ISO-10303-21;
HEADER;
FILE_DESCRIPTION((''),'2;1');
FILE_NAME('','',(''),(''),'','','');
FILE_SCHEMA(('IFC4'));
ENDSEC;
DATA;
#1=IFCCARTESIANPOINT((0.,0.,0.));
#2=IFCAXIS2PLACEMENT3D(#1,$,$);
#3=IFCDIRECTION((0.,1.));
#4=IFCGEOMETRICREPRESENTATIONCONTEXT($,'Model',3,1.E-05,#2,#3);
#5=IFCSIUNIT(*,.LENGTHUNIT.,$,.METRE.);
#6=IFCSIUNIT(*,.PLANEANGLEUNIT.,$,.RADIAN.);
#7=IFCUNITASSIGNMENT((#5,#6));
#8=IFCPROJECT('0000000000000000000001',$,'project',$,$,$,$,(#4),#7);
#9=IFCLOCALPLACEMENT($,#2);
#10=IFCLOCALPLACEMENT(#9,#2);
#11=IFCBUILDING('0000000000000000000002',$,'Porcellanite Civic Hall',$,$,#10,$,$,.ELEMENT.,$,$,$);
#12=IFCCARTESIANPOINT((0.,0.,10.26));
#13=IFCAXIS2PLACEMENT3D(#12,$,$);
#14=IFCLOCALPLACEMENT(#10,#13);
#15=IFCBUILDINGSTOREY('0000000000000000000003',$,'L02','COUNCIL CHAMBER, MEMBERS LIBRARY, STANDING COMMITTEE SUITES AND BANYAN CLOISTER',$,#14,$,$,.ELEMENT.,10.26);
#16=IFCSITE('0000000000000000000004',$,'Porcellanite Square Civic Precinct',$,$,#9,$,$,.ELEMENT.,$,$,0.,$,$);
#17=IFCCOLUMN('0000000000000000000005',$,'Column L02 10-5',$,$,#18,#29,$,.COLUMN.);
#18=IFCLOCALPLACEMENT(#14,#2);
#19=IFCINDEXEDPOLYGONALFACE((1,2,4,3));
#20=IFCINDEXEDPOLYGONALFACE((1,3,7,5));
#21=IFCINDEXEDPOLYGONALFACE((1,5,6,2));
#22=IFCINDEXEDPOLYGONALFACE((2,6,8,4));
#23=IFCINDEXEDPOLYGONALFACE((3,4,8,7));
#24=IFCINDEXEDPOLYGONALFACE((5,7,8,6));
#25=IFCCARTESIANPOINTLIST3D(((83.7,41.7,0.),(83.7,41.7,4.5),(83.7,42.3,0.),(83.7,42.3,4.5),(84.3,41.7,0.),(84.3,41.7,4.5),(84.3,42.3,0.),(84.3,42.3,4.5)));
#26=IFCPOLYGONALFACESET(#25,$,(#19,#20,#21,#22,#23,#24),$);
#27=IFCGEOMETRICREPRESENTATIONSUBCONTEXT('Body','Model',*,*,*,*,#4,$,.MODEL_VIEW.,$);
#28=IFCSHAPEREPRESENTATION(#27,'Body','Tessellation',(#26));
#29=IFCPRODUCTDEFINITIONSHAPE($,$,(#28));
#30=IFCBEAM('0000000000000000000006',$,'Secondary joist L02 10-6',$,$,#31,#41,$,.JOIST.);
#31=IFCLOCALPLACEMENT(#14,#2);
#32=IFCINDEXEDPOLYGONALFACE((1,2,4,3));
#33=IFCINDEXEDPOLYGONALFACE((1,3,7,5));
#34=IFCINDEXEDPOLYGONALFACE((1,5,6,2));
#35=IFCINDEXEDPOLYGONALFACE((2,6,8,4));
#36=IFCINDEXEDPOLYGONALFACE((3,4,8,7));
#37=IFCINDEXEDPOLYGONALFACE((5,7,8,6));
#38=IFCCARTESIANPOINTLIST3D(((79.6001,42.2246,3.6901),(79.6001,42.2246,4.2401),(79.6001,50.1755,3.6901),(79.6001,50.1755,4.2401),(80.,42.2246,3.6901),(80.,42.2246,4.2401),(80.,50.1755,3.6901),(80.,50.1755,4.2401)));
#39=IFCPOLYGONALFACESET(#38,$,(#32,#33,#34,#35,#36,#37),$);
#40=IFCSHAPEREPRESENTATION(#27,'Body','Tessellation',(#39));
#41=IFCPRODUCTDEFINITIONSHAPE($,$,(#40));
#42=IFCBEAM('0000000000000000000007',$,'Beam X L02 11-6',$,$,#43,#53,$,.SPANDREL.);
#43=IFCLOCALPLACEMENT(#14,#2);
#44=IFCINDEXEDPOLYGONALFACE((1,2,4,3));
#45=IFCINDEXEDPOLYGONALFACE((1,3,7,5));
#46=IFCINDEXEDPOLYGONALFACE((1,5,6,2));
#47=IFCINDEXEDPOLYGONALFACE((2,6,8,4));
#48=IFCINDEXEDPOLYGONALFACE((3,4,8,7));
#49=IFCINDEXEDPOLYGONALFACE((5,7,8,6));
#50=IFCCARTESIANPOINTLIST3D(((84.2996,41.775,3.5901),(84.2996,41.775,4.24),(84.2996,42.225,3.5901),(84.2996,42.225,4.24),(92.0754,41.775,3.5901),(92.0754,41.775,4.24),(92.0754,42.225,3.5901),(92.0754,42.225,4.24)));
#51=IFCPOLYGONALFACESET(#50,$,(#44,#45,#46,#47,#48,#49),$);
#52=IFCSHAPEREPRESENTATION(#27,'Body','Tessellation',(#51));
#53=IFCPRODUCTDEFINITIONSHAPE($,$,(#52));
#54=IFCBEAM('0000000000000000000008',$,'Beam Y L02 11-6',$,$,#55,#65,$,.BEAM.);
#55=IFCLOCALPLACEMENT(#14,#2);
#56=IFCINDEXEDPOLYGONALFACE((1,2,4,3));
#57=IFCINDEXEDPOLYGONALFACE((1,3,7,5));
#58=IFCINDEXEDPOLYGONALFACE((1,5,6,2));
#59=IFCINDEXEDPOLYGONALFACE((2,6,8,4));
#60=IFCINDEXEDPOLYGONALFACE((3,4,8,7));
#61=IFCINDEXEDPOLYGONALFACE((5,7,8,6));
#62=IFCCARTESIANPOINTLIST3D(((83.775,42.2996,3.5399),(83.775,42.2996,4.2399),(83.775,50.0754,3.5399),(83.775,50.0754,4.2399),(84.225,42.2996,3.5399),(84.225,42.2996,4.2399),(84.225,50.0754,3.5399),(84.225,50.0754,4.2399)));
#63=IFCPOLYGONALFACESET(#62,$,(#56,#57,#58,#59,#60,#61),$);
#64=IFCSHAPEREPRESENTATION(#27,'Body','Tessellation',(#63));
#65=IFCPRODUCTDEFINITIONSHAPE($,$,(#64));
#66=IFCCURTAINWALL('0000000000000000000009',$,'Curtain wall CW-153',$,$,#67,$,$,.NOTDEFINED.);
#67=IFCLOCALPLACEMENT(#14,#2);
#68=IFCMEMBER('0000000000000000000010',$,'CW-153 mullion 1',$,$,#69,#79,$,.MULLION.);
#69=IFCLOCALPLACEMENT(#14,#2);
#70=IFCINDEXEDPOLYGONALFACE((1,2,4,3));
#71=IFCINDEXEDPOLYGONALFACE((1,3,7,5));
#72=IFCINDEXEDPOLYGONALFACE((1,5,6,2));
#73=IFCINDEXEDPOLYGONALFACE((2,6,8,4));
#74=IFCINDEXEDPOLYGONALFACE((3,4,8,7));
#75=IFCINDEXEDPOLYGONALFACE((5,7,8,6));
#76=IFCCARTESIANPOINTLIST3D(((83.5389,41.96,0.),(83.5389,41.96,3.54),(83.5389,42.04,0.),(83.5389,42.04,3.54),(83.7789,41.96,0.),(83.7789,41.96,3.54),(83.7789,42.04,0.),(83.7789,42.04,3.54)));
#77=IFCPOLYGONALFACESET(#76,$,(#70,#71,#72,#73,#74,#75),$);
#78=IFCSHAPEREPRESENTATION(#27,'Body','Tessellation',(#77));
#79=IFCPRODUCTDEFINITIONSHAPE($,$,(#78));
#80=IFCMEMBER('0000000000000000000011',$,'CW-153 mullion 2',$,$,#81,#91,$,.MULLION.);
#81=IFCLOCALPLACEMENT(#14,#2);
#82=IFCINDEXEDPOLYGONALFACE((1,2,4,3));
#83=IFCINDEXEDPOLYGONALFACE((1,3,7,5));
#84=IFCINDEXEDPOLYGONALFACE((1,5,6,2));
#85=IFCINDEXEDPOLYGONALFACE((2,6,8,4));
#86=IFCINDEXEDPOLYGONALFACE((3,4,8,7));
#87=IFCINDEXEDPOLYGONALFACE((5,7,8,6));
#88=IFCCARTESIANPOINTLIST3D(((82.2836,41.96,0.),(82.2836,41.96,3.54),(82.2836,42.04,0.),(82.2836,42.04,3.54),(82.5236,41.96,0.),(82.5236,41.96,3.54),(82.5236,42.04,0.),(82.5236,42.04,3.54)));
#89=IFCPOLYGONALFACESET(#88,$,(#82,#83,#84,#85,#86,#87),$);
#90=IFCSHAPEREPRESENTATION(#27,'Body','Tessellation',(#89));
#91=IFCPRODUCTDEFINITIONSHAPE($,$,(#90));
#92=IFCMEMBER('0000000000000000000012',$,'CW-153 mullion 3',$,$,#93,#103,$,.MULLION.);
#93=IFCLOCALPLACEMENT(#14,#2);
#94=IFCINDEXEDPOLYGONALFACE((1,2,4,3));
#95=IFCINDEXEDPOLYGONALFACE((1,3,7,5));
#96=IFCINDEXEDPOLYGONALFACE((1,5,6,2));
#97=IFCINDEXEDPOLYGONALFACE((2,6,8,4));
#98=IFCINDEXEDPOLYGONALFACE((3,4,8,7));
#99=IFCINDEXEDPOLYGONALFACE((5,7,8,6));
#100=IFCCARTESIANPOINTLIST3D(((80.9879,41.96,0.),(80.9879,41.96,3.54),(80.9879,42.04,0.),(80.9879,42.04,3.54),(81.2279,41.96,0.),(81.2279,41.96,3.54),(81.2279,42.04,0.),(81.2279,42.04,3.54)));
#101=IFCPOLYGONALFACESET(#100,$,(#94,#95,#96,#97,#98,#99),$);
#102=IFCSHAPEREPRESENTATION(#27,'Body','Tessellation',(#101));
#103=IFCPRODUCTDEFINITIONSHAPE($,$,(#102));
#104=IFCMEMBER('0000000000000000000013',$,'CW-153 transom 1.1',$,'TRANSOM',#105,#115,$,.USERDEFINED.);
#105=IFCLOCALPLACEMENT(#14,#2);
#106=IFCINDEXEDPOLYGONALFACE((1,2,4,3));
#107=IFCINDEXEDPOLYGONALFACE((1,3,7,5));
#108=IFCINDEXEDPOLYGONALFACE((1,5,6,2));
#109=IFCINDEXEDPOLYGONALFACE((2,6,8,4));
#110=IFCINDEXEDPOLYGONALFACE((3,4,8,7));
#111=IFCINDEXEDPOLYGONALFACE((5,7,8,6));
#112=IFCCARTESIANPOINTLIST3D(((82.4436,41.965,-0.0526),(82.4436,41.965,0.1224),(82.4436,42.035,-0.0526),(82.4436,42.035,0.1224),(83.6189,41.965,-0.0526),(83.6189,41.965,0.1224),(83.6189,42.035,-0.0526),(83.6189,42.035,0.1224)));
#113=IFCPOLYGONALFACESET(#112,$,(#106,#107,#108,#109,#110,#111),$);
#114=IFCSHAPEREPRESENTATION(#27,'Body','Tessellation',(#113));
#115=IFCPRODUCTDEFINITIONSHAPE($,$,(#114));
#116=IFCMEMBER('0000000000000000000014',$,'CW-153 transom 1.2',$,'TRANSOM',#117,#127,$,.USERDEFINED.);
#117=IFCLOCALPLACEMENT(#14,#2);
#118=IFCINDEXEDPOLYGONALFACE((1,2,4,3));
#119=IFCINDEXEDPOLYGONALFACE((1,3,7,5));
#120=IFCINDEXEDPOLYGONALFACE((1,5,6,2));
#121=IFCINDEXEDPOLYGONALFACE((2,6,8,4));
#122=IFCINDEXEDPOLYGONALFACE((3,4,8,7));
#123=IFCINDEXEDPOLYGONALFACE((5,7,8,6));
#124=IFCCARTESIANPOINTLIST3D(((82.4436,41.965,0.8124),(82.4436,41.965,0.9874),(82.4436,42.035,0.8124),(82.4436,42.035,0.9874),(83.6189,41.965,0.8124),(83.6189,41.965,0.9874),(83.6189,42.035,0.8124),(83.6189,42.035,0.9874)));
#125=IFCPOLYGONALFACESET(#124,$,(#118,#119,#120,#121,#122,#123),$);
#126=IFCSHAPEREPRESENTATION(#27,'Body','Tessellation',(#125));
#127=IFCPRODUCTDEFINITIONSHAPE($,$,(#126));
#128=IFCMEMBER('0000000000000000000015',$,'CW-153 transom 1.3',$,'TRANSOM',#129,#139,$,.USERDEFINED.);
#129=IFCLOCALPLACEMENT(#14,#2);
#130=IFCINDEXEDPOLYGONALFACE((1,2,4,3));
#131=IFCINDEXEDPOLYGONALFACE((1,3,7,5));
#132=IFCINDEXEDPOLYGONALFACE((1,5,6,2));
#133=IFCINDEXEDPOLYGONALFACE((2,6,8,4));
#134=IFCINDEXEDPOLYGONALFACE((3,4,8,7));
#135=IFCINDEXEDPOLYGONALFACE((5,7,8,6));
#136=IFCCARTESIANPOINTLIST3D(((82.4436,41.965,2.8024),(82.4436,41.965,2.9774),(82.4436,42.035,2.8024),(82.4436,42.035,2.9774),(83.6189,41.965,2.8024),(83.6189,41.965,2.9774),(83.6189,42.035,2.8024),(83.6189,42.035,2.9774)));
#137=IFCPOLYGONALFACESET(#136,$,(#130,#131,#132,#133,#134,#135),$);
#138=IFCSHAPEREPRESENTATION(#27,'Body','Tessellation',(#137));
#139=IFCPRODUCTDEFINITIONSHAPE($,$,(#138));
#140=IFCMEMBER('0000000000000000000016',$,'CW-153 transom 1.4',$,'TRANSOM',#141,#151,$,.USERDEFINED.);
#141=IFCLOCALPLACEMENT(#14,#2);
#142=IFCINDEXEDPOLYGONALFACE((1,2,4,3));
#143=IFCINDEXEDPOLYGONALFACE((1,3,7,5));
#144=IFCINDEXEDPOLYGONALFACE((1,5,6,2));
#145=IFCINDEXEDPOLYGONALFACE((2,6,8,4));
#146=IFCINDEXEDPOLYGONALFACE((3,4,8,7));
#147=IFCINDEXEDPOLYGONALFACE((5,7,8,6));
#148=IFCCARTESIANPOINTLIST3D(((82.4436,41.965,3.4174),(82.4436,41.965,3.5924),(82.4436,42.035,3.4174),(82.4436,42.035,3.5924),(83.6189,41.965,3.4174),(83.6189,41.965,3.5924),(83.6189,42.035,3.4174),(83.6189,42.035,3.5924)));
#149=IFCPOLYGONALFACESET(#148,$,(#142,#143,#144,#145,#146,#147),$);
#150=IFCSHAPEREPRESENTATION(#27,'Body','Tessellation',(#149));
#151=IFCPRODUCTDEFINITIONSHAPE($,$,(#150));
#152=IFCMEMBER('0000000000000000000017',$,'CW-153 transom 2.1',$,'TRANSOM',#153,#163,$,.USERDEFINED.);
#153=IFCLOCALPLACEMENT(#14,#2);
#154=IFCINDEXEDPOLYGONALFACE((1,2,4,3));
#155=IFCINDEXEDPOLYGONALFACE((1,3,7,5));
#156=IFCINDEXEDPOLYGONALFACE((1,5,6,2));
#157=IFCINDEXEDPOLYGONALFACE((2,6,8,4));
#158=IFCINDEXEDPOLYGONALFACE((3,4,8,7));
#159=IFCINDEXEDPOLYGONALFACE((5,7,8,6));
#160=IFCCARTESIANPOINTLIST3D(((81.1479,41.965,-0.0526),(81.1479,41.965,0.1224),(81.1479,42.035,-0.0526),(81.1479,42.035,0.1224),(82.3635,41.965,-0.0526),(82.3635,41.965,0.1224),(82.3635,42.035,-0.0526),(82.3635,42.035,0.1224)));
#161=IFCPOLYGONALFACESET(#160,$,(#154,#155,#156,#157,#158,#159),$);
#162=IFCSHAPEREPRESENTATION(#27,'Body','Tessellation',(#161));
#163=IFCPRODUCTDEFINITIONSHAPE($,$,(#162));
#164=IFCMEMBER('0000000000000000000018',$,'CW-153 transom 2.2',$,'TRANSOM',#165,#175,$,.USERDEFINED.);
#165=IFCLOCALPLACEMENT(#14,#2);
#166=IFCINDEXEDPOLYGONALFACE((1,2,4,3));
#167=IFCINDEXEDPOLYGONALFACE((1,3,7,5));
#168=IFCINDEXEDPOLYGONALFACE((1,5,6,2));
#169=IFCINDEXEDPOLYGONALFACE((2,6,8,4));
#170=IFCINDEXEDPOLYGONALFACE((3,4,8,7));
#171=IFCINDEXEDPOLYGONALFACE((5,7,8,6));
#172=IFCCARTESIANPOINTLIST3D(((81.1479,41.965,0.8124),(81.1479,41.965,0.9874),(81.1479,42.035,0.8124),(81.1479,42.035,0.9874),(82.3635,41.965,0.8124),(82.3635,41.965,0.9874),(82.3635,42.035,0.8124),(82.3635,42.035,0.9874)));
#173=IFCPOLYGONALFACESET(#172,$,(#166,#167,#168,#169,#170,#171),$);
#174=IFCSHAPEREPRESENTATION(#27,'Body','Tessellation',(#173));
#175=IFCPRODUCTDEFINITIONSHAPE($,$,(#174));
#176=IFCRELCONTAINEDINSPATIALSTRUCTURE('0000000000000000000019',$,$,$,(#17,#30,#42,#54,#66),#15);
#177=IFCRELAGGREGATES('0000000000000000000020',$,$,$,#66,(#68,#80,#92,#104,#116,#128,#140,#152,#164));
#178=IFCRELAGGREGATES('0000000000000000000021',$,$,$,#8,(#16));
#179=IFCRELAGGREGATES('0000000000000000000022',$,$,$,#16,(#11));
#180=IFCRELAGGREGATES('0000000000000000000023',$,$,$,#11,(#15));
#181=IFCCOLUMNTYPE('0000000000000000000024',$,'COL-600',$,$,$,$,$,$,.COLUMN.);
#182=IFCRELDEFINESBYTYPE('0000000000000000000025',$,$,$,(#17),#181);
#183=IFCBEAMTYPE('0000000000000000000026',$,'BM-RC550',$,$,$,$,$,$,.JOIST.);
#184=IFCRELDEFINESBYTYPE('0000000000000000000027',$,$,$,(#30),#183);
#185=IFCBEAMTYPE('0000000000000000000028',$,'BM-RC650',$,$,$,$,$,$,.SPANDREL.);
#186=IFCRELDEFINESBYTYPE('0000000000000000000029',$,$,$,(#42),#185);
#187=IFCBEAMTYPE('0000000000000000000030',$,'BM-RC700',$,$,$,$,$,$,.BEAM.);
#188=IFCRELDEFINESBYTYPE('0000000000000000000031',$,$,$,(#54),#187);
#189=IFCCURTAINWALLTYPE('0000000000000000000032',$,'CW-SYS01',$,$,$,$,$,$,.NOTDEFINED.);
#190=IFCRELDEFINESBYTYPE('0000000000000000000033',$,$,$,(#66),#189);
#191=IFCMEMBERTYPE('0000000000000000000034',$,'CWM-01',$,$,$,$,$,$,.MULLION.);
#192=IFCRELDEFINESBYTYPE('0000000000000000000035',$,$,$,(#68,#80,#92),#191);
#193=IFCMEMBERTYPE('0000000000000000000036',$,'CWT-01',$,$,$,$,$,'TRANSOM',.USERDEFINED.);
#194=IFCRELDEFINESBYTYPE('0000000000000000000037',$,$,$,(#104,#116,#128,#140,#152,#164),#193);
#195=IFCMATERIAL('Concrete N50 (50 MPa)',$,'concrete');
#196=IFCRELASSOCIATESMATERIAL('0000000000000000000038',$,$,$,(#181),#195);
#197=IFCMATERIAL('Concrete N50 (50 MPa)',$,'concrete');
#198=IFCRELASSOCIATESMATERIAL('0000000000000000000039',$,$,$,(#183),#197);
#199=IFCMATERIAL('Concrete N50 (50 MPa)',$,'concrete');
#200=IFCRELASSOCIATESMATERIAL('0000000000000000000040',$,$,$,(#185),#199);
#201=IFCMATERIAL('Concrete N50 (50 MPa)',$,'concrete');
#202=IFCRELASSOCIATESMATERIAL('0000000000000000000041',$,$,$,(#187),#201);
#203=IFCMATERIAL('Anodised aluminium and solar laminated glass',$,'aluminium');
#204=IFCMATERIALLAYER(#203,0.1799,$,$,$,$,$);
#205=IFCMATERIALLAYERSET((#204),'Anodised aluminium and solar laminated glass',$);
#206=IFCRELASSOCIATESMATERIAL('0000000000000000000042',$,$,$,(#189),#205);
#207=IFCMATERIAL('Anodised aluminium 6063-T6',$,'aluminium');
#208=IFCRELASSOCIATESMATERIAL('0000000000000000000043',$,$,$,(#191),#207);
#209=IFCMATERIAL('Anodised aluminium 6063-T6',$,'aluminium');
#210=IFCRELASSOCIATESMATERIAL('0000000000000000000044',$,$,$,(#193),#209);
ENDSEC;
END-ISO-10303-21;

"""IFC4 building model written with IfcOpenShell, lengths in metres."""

from ifc_helpers import new_model, si_unit, direction, frame, origin, origin_2d, place, context, subcontext, project, spatial, rectangle, extrude, material, layer, layer_set, material_profile, profile_set, type_object, element, aggregate, save


model = new_model("IFC4")

# Units and contexts
model_context = context("Model", 3, precision=1e-05, world=origin(), true_north=direction((0.0, 1.0)))
body_context = subcontext(model_context, "Body", "Model", "MODEL_VIEW")
ifc_project = project(units=[si_unit("LENGTHUNIT", "METRE"), si_unit("PLANEANGLEUNIT", "RADIAN")], contexts=[model_context])

# Site, building, storey
site_placement = place(None, origin())
site = spatial("IfcSite", under=ifc_project, at=site_placement, Name="Porcellanite Square Civic Precinct", CompositionType="ELEMENT", RefElevation=0.0)
building_placement = place(site_placement, origin())
building = spatial("IfcBuilding", under=site, at=building_placement, Name="Porcellanite Civic Hall", CompositionType="ELEMENT")
storey_placement = place(building_placement, frame((0.0, 0.0, 10.26)))
storey = spatial("IfcBuildingStorey", under=building, at=storey_placement, Name="L02", Description="COUNCIL CHAMBER, MEMBERS LIBRARY, STANDING COMMITTEE SUITES AND BANYAN CLOISTER", CompositionType="ELEMENT", Elevation=10.26)

# Column
ifc_material_1 = material(Name="Concrete N50 (50 MPa)", Category="concrete")
ifc_material_profile_1 = material_profile(ifc_material_1, rectangle(XDim=0.6001, YDim=0.6001, at=origin_2d()), Name="RC-600x600")
ifc_profile_set_1 = profile_set([ifc_material_profile_1], Name="Concrete N50 (50 MPa)")
column_type = type_object("IfcColumnType", Name="COL-600", PredefinedType="COLUMN", material=ifc_profile_set_1)
column_placement = place(storey_placement, frame((84.0, 42.0, 0.0), z_axis=(0.0, 0.0, 1.0), x_axis=(1.0, 0.0, 0.0)))
element("IfcColumn", 1, at=column_placement, inside=storey, type_object=column_type, Name="Column L02 10-5", PredefinedType="COLUMN", context=body_context, shape_type="SweptSolid", body=[
    extrude(rectangle(XDim=0.6001, YDim=0.6001, at=origin_2d()), origin(), (0.0, 0.0, 1.0), 4.5),
])

# Beams
ifc_material_2 = material(Name="Concrete N50 (50 MPa)", Category="concrete")
ifc_material_profile_2 = material_profile(ifc_material_2, rectangle(XDim=0.3999, YDim=0.55, at=origin_2d()), Name="RC-400x550")
ifc_profile_set_2 = profile_set([ifc_material_profile_2], Name="Concrete N50 (50 MPa)")
beam_type_1 = type_object("IfcBeamType", Name="BM-RC550", PredefinedType="JOIST", material=ifc_profile_set_2)
beam_1_placement = place(storey_placement, frame((79.8, 42.2246, 3.9651), z_axis=(0.0, 1.0, 0.0), x_axis=(-1.0, 0.0, 0.0)))
element("IfcBeam", 2, at=beam_1_placement, inside=storey, type_object=beam_type_1, Name="Secondary joist L02 10-6", PredefinedType="JOIST", context=body_context, shape_type="SweptSolid", body=[
    extrude(rectangle(XDim=0.3999, YDim=0.55, at=origin_2d()), origin(), (0.0, 0.0, 1.0), 7.9509),
])
ifc_material_3 = material(Name="Concrete N50 (50 MPa)", Category="concrete")
ifc_material_profile_3 = material_profile(ifc_material_3, rectangle(XDim=0.45, YDim=0.6499, at=origin_2d()), Name="RC-450x650")
ifc_profile_set_3 = profile_set([ifc_material_profile_3], Name="Concrete N50 (50 MPa)")
beam_type_2 = type_object("IfcBeamType", Name="BM-RC650", PredefinedType="SPANDREL", material=ifc_profile_set_3)
beam_2_placement = place(storey_placement, frame((84.2996, 42.0, 3.915), z_axis=(1.0, 0.0, 0.0), x_axis=(0.0, 1.0, 0.0)))
element("IfcBeam", 3, at=beam_2_placement, inside=storey, type_object=beam_type_2, Name="Beam X L02 11-6", PredefinedType="SPANDREL", context=body_context, shape_type="SweptSolid", body=[
    extrude(rectangle(XDim=0.45, YDim=0.6499, at=origin_2d()), origin(), (0.0, 0.0, 1.0), 7.7759),
])
ifc_material_4 = material(Name="Concrete N50 (50 MPa)", Category="concrete")
ifc_material_profile_4 = material_profile(ifc_material_4, rectangle(XDim=0.45, YDim=0.7, at=origin_2d()), Name="RC-450x700")
ifc_profile_set_4 = profile_set([ifc_material_profile_4], Name="Concrete N50 (50 MPa)")
beam_type_3 = type_object("IfcBeamType", Name="BM-RC700", PredefinedType="BEAM", material=ifc_profile_set_4)
beam_3_placement = place(storey_placement, frame((84.0, 42.2996, 3.8899), z_axis=(0.0, 1.0, 0.0), x_axis=(-1.0, 0.0, 0.0)))
element("IfcBeam", 4, at=beam_3_placement, inside=storey, type_object=beam_type_3, Name="Beam Y L02 11-6", PredefinedType="BEAM", context=body_context, shape_type="SweptSolid", body=[
    extrude(rectangle(XDim=0.45, YDim=0.7, at=origin_2d()), origin(), (0.0, 0.0, 1.0), 7.7759),
])

# Curtain wall, members
ifc_material_5 = material(Name="Anodised aluminium and solar laminated glass", Category="aluminium")
ifc_layer_1 = layer(ifc_material_5, 0.1799)
ifc_layer_set_1 = layer_set([ifc_layer_1], Name="Anodised aluminium and solar laminated glass")
curtain_wall_type = type_object("IfcCurtainWallType", Name="CW-SYS01", PredefinedType="NOTDEFINED", material=ifc_layer_set_1)
curtain_wall_placement = place(storey_placement, origin())
curtain_wall = element("IfcCurtainWall", 5, at=curtain_wall_placement, inside=storey, type_object=curtain_wall_type, Name="Curtain wall CW-153", PredefinedType="NOTDEFINED")
ifc_material_6 = material(Name="Anodised aluminium 6063-T6", Category="aluminium")
ifc_material_profile_5 = material_profile(ifc_material_6, rectangle(XDim=0.0801, YDim=0.24, at=origin_2d()), Name="AL-80x240")
ifc_profile_set_5 = profile_set([ifc_material_profile_5], Name="Anodised aluminium 6063-T6")
member_type_1 = type_object("IfcMemberType", Name="CWM-01", PredefinedType="MULLION", material=ifc_profile_set_5)
member_1_placement = place(storey_placement, frame((83.6589, 42.0, 0.0), z_axis=(0.0, 0.0, 1.0), x_axis=(0.0, -1.0, 0.0)))
member_1 = element("IfcMember", 6, at=member_1_placement, type_object=member_type_1, Name="CW-153 mullion 1", PredefinedType="MULLION", context=body_context, shape_type="SweptSolid", body=[
    extrude(rectangle(XDim=0.0801, YDim=0.24, at=origin_2d()), origin(), (0.0, 0.0, 1.0), 3.54),
])
member_2_placement = place(storey_placement, frame((82.4036, 42.0, 0.0), z_axis=(0.0, 0.0, 1.0), x_axis=(0.0, -1.0, 0.0)))
member_2 = element("IfcMember", 7, at=member_2_placement, type_object=member_type_1, Name="CW-153 mullion 2", PredefinedType="MULLION", context=body_context, shape_type="SweptSolid", body=[
    extrude(rectangle(XDim=0.0801, YDim=0.24, at=origin_2d()), origin(), (0.0, 0.0, 1.0), 3.54),
])
member_3_placement = place(storey_placement, frame((81.1079, 42.0, 0.0), z_axis=(0.0, 0.0, 1.0), x_axis=(0.0, -1.0, 0.0)))
member_3 = element("IfcMember", 8, at=member_3_placement, type_object=member_type_1, Name="CW-153 mullion 3", PredefinedType="MULLION", context=body_context, shape_type="SweptSolid", body=[
    extrude(rectangle(XDim=0.0801, YDim=0.24, at=origin_2d()), origin(), (0.0, 0.0, 1.0), 3.54),
])
ifc_material_7 = material(Name="Anodised aluminium 6063-T6", Category="aluminium")
ifc_material_profile_6 = material_profile(ifc_material_7, rectangle(XDim=0.0701, YDim=0.175, at=origin_2d()), Name="AL-70x175")
ifc_profile_set_6 = profile_set([ifc_material_profile_6], Name="Anodised aluminium 6063-T6")
member_type_2 = type_object("IfcMemberType", Name="CWT-01", ElementType="TRANSOM", PredefinedType="USERDEFINED", material=ifc_profile_set_6)
member_4_placement = place(storey_placement, frame((83.6189, 42.0, 0.0349), z_axis=(-1.0, 0.0, 0.0), x_axis=(0.0, -1.0, 0.0)))
member_4 = element("IfcMember", 9, at=member_4_placement, type_object=member_type_2, Name="CW-153 transom 1.1", ObjectType="TRANSOM", PredefinedType="USERDEFINED", context=body_context, shape_type="SweptSolid", body=[
    extrude(rectangle(XDim=0.0701, YDim=0.175, at=origin_2d()), origin(), (0.0, 0.0, 1.0), 1.1753),
])
member_5_placement = place(storey_placement, frame((83.6189, 42.0, 0.8999), z_axis=(-1.0, 0.0, 0.0), x_axis=(0.0, -1.0, 0.0)))
member_5 = element("IfcMember", 10, at=member_5_placement, type_object=member_type_2, Name="CW-153 transom 1.2", ObjectType="TRANSOM", PredefinedType="USERDEFINED", context=body_context, shape_type="SweptSolid", body=[
    extrude(rectangle(XDim=0.0701, YDim=0.175, at=origin_2d()), origin(), (0.0, 0.0, 1.0), 1.1753),
])
member_6_placement = place(storey_placement, frame((83.6189, 42.0, 2.8899), z_axis=(-1.0, 0.0, 0.0), x_axis=(0.0, -1.0, 0.0)))
member_6 = element("IfcMember", 11, at=member_6_placement, type_object=member_type_2, Name="CW-153 transom 1.3", ObjectType="TRANSOM", PredefinedType="USERDEFINED", context=body_context, shape_type="SweptSolid", body=[
    extrude(rectangle(XDim=0.0701, YDim=0.175, at=origin_2d()), origin(), (0.0, 0.0, 1.0), 1.1753),
])
member_7_placement = place(storey_placement, frame((83.6189, 42.0, 3.5049), z_axis=(-1.0, 0.0, 0.0), x_axis=(0.0, -1.0, 0.0)))
member_7 = element("IfcMember", 12, at=member_7_placement, type_object=member_type_2, Name="CW-153 transom 1.4", ObjectType="TRANSOM", PredefinedType="USERDEFINED", context=body_context, shape_type="SweptSolid", body=[
    extrude(rectangle(XDim=0.0701, YDim=0.175, at=origin_2d()), origin(), (0.0, 0.0, 1.0), 1.1753),
])
member_8_placement = place(storey_placement, frame((82.3635, 42.0, 0.0349), z_axis=(-1.0, 0.0, 0.0), x_axis=(0.0, -1.0, 0.0)))
member_8 = element("IfcMember", 13, at=member_8_placement, type_object=member_type_2, Name="CW-153 transom 2.1", ObjectType="TRANSOM", PredefinedType="USERDEFINED", context=body_context, shape_type="SweptSolid", body=[
    extrude(rectangle(XDim=0.0701, YDim=0.175, at=origin_2d()), origin(), (0.0, 0.0, 1.0), 1.2156),
])
member_9_placement = place(storey_placement, frame((82.3635, 42.0, 0.8999), z_axis=(-1.0, 0.0, 0.0), x_axis=(0.0, -1.0, 0.0)))
member_9 = element("IfcMember", 14, at=member_9_placement, type_object=member_type_2, Name="CW-153 transom 2.2", ObjectType="TRANSOM", PredefinedType="USERDEFINED", context=body_context, shape_type="SweptSolid", body=[
    extrude(rectangle(XDim=0.0701, YDim=0.175, at=origin_2d()), origin(), (0.0, 0.0, 1.0), 1.2156),
])
aggregate(curtain_wall, [member_1, member_2, member_3, member_4, member_5, member_6, member_7, member_8, member_9])

save(model, "model.ifc")
